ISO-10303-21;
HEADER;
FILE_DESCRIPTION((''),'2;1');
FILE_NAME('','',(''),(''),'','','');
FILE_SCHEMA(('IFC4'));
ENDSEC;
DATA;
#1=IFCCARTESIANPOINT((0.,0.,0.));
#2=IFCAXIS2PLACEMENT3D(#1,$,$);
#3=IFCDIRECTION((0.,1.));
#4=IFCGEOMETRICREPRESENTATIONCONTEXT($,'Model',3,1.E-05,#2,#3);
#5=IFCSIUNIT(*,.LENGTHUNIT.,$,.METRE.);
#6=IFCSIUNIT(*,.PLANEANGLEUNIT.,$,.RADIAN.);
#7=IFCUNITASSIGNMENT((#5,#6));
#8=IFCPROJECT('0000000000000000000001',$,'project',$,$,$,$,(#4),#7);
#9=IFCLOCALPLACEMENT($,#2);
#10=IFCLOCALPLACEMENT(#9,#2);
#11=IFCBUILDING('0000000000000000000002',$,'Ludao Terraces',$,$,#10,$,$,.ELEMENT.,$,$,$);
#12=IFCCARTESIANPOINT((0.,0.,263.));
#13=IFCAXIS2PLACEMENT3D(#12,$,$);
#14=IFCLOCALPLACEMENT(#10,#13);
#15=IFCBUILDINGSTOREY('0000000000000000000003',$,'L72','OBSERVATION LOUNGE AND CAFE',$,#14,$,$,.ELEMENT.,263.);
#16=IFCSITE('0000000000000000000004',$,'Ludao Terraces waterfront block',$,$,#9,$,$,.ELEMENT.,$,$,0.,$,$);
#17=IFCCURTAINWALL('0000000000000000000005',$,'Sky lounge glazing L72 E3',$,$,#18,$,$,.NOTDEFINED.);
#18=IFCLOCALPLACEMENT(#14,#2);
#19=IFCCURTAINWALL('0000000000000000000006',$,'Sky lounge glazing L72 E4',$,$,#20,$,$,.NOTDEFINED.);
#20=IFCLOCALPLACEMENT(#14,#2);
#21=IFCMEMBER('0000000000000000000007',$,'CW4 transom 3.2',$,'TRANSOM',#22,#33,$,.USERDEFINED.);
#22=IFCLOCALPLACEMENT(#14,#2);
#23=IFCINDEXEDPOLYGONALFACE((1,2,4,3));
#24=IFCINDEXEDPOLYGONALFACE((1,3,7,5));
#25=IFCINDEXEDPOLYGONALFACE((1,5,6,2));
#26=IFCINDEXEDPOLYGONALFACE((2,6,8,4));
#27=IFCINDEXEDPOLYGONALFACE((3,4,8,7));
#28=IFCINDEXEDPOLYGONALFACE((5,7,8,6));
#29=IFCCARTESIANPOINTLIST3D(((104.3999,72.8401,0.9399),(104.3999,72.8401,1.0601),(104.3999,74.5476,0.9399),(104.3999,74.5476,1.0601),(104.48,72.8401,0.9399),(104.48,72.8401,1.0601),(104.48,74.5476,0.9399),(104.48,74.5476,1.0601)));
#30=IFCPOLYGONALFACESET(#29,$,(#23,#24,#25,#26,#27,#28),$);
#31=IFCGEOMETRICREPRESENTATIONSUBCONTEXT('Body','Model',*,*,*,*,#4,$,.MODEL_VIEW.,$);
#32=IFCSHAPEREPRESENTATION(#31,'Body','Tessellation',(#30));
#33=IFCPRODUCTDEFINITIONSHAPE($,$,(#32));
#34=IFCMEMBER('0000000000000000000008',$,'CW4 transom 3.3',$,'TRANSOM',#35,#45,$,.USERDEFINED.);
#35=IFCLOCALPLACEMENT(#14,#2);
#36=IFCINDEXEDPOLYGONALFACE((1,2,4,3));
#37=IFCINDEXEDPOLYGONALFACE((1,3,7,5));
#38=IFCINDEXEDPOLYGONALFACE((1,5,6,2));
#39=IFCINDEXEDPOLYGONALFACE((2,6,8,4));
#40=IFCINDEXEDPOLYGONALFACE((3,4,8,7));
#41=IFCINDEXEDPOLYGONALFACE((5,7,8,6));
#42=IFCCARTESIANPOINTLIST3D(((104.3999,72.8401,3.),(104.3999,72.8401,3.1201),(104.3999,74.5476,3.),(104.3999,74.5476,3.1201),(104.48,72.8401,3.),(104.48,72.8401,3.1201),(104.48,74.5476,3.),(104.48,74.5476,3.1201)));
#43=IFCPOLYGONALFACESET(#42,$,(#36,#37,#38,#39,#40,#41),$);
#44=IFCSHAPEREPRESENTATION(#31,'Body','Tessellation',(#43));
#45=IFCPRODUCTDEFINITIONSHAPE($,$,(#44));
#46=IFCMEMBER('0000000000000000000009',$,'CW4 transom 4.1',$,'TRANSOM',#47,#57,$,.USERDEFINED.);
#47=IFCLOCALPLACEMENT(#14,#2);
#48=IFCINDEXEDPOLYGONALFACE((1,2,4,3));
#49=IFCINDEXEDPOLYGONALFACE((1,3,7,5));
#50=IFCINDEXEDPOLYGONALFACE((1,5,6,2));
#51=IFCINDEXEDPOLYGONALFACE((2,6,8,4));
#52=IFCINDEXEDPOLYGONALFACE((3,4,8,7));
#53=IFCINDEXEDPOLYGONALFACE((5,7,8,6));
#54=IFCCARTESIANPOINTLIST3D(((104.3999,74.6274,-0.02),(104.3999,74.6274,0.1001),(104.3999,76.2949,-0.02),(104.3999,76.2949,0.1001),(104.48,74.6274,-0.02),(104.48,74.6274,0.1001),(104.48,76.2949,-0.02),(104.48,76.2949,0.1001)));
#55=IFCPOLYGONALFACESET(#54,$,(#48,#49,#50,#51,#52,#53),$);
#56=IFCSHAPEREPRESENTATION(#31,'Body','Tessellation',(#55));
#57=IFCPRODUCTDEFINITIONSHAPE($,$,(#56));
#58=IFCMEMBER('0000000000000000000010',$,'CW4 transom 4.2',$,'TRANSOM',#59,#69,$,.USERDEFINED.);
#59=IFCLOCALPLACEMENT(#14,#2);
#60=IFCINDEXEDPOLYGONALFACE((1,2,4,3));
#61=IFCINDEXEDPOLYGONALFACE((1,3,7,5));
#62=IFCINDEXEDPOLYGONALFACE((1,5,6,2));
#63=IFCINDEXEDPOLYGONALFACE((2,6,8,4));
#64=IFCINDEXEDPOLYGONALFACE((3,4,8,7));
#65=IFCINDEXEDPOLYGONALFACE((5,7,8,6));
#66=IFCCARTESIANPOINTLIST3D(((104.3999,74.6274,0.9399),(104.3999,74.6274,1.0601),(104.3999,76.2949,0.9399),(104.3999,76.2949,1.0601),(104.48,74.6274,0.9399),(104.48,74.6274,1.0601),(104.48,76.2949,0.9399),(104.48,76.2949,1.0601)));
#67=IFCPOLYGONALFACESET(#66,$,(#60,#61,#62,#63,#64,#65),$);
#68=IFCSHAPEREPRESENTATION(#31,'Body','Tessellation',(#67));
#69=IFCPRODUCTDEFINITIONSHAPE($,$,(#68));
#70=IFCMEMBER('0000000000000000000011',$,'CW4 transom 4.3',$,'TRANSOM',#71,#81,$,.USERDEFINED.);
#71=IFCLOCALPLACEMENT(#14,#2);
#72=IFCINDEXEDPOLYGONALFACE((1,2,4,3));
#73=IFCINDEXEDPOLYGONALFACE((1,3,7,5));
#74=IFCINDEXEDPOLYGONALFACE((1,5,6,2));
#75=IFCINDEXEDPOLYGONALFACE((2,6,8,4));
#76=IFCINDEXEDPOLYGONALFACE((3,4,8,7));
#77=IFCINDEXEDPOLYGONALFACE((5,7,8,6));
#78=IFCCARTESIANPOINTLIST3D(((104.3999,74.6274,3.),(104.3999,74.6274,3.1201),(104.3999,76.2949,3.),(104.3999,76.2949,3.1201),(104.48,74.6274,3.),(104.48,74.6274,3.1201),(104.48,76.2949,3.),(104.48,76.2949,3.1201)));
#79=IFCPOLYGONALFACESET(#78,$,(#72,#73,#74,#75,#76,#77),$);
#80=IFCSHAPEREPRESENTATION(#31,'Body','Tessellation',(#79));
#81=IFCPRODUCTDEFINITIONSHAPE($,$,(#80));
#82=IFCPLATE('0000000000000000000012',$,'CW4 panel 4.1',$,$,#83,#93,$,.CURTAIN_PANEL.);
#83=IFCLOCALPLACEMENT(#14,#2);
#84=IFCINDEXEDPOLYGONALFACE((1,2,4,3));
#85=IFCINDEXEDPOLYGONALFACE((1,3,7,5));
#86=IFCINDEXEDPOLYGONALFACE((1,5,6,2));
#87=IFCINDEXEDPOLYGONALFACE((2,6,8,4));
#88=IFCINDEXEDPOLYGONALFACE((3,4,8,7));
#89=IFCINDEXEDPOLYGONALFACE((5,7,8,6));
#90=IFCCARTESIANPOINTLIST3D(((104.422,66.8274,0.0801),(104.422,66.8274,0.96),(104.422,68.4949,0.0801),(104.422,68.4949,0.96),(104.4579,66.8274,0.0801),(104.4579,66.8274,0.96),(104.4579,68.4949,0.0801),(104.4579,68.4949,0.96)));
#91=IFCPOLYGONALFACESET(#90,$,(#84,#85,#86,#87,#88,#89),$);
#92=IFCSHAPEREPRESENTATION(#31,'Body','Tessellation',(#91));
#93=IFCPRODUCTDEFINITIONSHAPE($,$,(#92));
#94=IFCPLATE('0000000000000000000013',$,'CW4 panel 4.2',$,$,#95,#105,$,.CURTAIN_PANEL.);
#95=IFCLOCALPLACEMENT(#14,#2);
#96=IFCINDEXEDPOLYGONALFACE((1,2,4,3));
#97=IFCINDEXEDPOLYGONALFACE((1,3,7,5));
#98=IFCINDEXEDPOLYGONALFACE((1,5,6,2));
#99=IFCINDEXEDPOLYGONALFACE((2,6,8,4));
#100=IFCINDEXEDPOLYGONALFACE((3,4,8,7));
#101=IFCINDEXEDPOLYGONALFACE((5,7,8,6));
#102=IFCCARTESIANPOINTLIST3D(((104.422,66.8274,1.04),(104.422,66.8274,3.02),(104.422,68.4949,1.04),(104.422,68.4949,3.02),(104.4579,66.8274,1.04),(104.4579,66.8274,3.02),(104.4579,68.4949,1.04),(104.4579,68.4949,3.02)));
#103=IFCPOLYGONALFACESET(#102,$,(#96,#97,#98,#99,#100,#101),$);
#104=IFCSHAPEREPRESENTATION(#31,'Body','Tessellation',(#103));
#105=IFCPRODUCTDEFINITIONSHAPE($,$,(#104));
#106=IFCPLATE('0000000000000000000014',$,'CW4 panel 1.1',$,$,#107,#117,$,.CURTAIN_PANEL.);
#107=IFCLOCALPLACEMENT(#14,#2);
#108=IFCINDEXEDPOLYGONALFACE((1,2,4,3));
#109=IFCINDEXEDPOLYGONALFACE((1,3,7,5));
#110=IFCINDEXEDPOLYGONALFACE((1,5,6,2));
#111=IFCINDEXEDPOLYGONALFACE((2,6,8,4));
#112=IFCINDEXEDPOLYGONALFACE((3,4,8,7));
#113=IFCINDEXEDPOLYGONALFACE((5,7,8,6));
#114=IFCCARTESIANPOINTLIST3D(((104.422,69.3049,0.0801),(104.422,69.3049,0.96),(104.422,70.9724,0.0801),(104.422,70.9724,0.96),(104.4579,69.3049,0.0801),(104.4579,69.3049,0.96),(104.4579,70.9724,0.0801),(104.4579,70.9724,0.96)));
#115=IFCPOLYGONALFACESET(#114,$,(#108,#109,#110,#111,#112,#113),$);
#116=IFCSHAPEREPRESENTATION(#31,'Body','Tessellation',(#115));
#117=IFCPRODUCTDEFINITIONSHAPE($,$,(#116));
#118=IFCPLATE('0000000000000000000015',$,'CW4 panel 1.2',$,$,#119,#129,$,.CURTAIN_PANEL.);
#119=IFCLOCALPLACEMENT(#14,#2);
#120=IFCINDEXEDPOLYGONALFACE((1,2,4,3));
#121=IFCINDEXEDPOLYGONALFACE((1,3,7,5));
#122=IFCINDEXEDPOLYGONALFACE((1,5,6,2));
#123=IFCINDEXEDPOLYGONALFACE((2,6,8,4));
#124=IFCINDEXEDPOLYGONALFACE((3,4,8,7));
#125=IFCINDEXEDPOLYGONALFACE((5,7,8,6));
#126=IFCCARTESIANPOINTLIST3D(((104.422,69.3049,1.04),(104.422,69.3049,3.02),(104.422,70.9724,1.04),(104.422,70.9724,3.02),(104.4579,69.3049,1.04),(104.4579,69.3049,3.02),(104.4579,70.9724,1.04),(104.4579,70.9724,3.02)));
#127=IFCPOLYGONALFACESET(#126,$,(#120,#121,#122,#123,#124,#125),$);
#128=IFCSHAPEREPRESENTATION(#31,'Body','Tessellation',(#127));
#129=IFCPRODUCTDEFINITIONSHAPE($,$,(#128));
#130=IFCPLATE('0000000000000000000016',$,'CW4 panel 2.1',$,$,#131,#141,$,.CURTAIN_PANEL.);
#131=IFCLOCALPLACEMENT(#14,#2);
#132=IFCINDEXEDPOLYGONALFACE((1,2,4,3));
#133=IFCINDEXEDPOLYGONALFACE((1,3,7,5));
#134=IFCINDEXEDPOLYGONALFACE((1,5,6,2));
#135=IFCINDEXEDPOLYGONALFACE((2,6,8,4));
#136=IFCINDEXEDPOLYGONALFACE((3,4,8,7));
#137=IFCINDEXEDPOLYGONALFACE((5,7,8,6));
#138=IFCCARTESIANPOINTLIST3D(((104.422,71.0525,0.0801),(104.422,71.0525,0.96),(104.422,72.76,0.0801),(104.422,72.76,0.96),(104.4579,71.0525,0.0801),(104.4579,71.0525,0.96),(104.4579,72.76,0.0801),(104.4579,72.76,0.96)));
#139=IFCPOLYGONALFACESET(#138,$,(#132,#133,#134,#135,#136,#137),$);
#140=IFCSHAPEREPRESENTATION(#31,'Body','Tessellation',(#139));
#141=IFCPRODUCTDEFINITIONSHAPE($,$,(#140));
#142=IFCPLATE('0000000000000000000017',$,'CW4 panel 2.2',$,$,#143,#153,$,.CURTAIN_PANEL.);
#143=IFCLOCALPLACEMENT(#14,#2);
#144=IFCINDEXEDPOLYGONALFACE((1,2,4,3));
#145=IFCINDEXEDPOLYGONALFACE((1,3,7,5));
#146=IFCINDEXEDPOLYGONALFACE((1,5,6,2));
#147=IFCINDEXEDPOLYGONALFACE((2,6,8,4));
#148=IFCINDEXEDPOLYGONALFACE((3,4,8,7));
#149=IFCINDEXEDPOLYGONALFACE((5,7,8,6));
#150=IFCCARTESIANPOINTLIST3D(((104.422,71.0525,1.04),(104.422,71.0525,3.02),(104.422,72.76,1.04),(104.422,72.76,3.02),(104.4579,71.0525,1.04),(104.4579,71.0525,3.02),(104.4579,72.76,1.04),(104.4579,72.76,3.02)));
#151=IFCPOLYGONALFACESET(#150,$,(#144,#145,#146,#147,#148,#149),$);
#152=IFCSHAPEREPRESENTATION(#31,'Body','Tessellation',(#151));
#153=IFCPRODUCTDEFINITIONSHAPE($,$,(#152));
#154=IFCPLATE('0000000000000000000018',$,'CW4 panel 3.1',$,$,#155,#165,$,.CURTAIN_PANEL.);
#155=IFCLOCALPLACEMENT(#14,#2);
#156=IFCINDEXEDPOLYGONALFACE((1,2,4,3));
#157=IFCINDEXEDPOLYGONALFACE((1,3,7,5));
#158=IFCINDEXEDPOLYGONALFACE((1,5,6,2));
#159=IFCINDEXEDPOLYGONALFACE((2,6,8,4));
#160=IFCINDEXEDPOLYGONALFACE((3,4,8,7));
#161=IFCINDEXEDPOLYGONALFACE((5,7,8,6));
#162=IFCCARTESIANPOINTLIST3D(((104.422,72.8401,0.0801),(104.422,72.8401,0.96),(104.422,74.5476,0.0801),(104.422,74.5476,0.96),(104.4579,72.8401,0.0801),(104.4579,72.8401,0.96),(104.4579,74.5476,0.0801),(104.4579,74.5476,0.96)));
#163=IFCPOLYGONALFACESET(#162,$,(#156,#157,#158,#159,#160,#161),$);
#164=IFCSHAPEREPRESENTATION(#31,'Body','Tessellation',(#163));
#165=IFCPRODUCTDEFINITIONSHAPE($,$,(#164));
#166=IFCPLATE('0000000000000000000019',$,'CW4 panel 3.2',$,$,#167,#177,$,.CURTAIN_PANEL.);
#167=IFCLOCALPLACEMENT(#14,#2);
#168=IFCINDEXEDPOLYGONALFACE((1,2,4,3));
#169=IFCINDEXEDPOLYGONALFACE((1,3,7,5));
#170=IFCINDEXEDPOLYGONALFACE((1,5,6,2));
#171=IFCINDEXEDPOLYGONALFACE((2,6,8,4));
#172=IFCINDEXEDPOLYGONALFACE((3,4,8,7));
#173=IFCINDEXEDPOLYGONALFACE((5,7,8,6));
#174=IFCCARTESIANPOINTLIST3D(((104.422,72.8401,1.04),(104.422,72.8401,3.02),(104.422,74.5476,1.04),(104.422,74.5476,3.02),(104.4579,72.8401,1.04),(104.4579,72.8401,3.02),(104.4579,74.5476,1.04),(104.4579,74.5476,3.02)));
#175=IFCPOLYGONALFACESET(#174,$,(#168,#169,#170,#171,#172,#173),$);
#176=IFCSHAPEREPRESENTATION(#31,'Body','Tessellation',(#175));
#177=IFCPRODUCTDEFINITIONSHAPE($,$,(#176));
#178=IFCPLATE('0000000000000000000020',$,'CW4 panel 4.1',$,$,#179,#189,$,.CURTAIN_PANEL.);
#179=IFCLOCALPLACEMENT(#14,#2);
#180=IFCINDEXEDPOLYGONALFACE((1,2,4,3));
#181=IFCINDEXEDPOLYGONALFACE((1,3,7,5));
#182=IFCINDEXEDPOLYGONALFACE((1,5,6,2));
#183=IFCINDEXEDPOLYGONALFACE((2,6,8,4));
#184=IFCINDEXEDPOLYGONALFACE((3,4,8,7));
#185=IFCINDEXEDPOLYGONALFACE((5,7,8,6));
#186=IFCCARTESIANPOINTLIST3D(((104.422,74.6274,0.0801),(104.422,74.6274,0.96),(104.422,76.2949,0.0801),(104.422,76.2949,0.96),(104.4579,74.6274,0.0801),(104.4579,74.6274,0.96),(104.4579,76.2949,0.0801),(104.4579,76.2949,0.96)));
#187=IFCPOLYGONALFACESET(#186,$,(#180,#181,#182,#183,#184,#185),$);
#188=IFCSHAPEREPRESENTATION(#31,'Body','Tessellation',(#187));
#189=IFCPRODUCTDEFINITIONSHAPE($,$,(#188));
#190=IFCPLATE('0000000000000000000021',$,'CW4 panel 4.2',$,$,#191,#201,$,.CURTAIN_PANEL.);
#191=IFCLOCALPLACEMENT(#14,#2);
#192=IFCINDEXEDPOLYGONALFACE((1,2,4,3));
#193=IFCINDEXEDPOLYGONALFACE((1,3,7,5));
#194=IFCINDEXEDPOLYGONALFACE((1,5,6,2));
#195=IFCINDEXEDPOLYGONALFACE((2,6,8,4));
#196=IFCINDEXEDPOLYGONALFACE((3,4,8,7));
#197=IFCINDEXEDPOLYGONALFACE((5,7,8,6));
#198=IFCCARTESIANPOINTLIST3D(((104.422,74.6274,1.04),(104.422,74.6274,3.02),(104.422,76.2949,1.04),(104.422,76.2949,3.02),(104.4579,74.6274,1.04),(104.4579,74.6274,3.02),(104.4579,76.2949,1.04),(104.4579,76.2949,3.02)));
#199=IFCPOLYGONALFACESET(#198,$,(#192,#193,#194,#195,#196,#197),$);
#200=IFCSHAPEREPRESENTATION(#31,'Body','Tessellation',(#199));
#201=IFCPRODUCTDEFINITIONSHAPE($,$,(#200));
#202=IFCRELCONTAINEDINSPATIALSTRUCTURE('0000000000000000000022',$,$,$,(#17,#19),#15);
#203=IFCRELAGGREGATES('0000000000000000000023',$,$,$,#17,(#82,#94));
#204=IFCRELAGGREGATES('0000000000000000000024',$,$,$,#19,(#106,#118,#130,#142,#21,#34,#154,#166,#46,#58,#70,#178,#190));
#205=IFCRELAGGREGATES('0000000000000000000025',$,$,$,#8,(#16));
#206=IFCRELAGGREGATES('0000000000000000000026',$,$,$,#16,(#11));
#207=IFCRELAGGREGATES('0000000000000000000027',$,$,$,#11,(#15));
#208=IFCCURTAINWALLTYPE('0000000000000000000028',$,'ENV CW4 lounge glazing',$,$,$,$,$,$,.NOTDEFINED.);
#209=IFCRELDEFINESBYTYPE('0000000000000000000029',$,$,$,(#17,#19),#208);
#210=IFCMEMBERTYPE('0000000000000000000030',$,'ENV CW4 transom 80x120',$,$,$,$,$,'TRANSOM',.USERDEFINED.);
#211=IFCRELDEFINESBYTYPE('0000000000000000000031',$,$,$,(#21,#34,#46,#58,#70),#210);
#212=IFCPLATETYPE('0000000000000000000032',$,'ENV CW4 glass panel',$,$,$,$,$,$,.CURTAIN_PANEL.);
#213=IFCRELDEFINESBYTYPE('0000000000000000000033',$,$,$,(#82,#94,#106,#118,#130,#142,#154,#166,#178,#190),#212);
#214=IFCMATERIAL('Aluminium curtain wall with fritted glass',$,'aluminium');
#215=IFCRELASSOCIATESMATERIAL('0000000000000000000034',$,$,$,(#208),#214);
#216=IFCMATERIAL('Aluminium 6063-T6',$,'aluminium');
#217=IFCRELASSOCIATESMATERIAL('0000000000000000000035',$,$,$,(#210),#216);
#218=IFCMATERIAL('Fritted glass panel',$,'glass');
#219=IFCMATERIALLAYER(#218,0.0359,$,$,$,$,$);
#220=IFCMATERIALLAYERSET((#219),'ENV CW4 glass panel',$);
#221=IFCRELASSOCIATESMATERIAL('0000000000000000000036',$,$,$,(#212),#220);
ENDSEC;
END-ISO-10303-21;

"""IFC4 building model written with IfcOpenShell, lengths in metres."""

from ifc_helpers import new_model, si_unit, direction, frame, origin, origin_2d, place, context, subcontext, project, spatial, rectangle, extrude, material, layer, layer_set, material_profile, profile_set, type_object, element, aggregate, save


model = new_model("IFC4")

# Units and contexts
model_context = context("Model", 3, precision=1e-05, world=origin(), true_north=direction((0.0, 1.0)))
body_context = subcontext(model_context, "Body", "Model", "MODEL_VIEW")
ifc_project = project(units=[si_unit("LENGTHUNIT", "METRE"), si_unit("PLANEANGLEUNIT", "RADIAN")], contexts=[model_context])

# Site, building, storey
site_placement = place(None, origin())
site = spatial("IfcSite", under=ifc_project, at=site_placement, Name="Ludao Terraces waterfront block", CompositionType="ELEMENT", RefElevation=0.0)
building_placement = place(site_placement, origin())
building = spatial("IfcBuilding", under=site, at=building_placement, Name="Ludao Terraces", CompositionType="ELEMENT")
storey_placement = place(building_placement, frame((0.0, 0.0, 263.0)))
storey = spatial("IfcBuildingStorey", under=building, at=storey_placement, Name="L72", Description="OBSERVATION LOUNGE AND CAFE", CompositionType="ELEMENT", Elevation=263.0)

# Curtain wall
ifc_material_1 = material(Name="Aluminium curtain wall with fritted glass", Category="aluminium")
curtain_wall_type = type_object("IfcCurtainWallType", Name="ENV CW4 lounge glazing", PredefinedType="NOTDEFINED", material=ifc_material_1)
curtain_wall_1_placement = place(storey_placement, origin())
curtain_wall_1 = element("IfcCurtainWall", 1, at=curtain_wall_1_placement, inside=storey, type_object=curtain_wall_type, Name="Sky lounge glazing L72 E3", PredefinedType="NOTDEFINED")
ifc_material_2 = material(Name="Aluminium 6063-T6", Category="aluminium")

# Curtain wall
curtain_wall_2_placement = place(storey_placement, origin())
curtain_wall_2 = element("IfcCurtainWall", 2, at=curtain_wall_2_placement, inside=storey, type_object=curtain_wall_type, Name="Sky lounge glazing L72 E4", PredefinedType="NOTDEFINED")

# Members
ifc_material_profile_1 = material_profile(ifc_material_2, rectangle(XDim=0.0801, YDim=0.1201, at=origin_2d()), Name="80 X 120")
ifc_profile_set_1 = profile_set([ifc_material_profile_1], Name="Aluminium 6063-T6")
member_type_1 = type_object("IfcMemberType", Name="ENV CW4 transom 80x120", ElementType="TRANSOM", PredefinedType="USERDEFINED", material=ifc_profile_set_1)
member_1_placement = place(storey_placement, frame((104.4399, 72.8401, 1.0), z_axis=(0.0, 1.0, 0.0), x_axis=(-1.0, 0.0, 0.0)))
member_1 = element("IfcMember", 3, at=member_1_placement, type_object=member_type_1, Name="CW4 transom 3.2", ObjectType="TRANSOM", PredefinedType="USERDEFINED", context=body_context, shape_type="SweptSolid", body=[
    extrude(rectangle(XDim=0.0801, YDim=0.1201, at=origin_2d()), origin(), (0.0, 0.0, 1.0), 1.7075),
])
member_2_placement = place(storey_placement, frame((104.4399, 72.8401, 3.0601), z_axis=(0.0, 1.0, 0.0), x_axis=(-1.0, 0.0, 0.0)))
member_2 = element("IfcMember", 4, at=member_2_placement, type_object=member_type_1, Name="CW4 transom 3.3", ObjectType="TRANSOM", PredefinedType="USERDEFINED", context=body_context, shape_type="SweptSolid", body=[
    extrude(rectangle(XDim=0.0801, YDim=0.1201, at=origin_2d()), origin(), (0.0, 0.0, 1.0), 1.7075),
])
member_3_placement = place(storey_placement, frame((104.4399, 74.6274, 0.04), z_axis=(0.0, 1.0, 0.0), x_axis=(-1.0, 0.0, 0.0)))
member_3 = element("IfcMember", 5, at=member_3_placement, type_object=member_type_1, Name="CW4 transom 4.1", ObjectType="TRANSOM", PredefinedType="USERDEFINED", context=body_context, shape_type="SweptSolid", body=[
    extrude(rectangle(XDim=0.0801, YDim=0.1201, at=origin_2d()), origin(), (0.0, 0.0, 1.0), 1.6675),
])
member_4_placement = place(storey_placement, frame((104.4399, 74.6274, 1.0), z_axis=(0.0, 1.0, 0.0), x_axis=(-1.0, 0.0, 0.0)))
member_4 = element("IfcMember", 6, at=member_4_placement, type_object=member_type_1, Name="CW4 transom 4.2", ObjectType="TRANSOM", PredefinedType="USERDEFINED", context=body_context, shape_type="SweptSolid", body=[
    extrude(rectangle(XDim=0.0801, YDim=0.1201, at=origin_2d()), origin(), (0.0, 0.0, 1.0), 1.6675),
])
member_5_placement = place(storey_placement, frame((104.4399, 74.6274, 3.0601), z_axis=(0.0, 1.0, 0.0), x_axis=(-1.0, 0.0, 0.0)))
member_5 = element("IfcMember", 7, at=member_5_placement, type_object=member_type_1, Name="CW4 transom 4.3", ObjectType="TRANSOM", PredefinedType="USERDEFINED", context=body_context, shape_type="SweptSolid", body=[
    extrude(rectangle(XDim=0.0801, YDim=0.1201, at=origin_2d()), origin(), (0.0, 0.0, 1.0), 1.6675),
])

# Plates
ifc_material_3 = material(Name="Fritted glass panel", Category="glass")
ifc_layer_1 = layer(ifc_material_3, 0.0359)
ifc_layer_set_1 = layer_set([ifc_layer_1], Name="ENV CW4 glass panel")
plate_type = type_object("IfcPlateType", Name="ENV CW4 glass panel", PredefinedType="CURTAIN_PANEL", material=ifc_layer_set_1)
plate_1_placement = place(storey_placement, frame((104.4399, 67.6611, 0.0801), z_axis=(0.0, 0.0, 1.0), x_axis=(0.0, 1.0, 0.0)))
plate_1 = element("IfcPlate", 8, at=plate_1_placement, type_object=plate_type, Name="CW4 panel 4.1", PredefinedType="CURTAIN_PANEL", context=body_context, shape_type="SweptSolid", body=[
    extrude(rectangle(XDim=1.6675, YDim=0.0359, at=origin_2d()), origin(), (0.0, 0.0, 1.0), 0.8799),
])
plate_2_placement = place(storey_placement, frame((104.4399, 67.6611, 1.04), z_axis=(0.0, 0.0, 1.0), x_axis=(0.0, 1.0, 0.0)))
plate_2 = element("IfcPlate", 9, at=plate_2_placement, type_object=plate_type, Name="CW4 panel 4.2", PredefinedType="CURTAIN_PANEL", context=body_context, shape_type="SweptSolid", body=[
    extrude(rectangle(XDim=1.6675, YDim=0.0359, at=origin_2d()), origin(), (0.0, 0.0, 1.0), 1.98),
])
aggregate(curtain_wall_1, [plate_1, plate_2])
plate_3_placement = place(storey_placement, frame((104.4399, 70.1387, 0.0801), z_axis=(0.0, 0.0, 1.0), x_axis=(0.0, 1.0, 0.0)))
plate_3 = element("IfcPlate", 10, at=plate_3_placement, type_object=plate_type, Name="CW4 panel 1.1", PredefinedType="CURTAIN_PANEL", context=body_context, shape_type="SweptSolid", body=[
    extrude(rectangle(XDim=1.6675, YDim=0.0359, at=origin_2d()), origin(), (0.0, 0.0, 1.0), 0.8799),
])
plate_4_placement = place(storey_placement, frame((104.4399, 70.1387, 1.04), z_axis=(0.0, 0.0, 1.0), x_axis=(0.0, 1.0, 0.0)))
plate_4 = element("IfcPlate", 11, at=plate_4_placement, type_object=plate_type, Name="CW4 panel 1.2", PredefinedType="CURTAIN_PANEL", context=body_context, shape_type="SweptSolid", body=[
    extrude(rectangle(XDim=1.6675, YDim=0.0359, at=origin_2d()), origin(), (0.0, 0.0, 1.0), 1.98),
])
plate_5_placement = place(storey_placement, frame((104.4399, 71.9062, 0.0801), z_axis=(0.0, 0.0, 1.0), x_axis=(0.0, 1.0, 0.0)))
plate_5 = element("IfcPlate", 12, at=plate_5_placement, type_object=plate_type, Name="CW4 panel 2.1", PredefinedType="CURTAIN_PANEL", context=body_context, shape_type="SweptSolid", body=[
    extrude(rectangle(XDim=1.7075, YDim=0.0359, at=origin_2d()), origin(), (0.0, 0.0, 1.0), 0.8799),
])
plate_6_placement = place(storey_placement, frame((104.4399, 71.9062, 1.04), z_axis=(0.0, 0.0, 1.0), x_axis=(0.0, 1.0, 0.0)))
plate_6 = element("IfcPlate", 13, at=plate_6_placement, type_object=plate_type, Name="CW4 panel 2.2", PredefinedType="CURTAIN_PANEL", context=body_context, shape_type="SweptSolid", body=[
    extrude(rectangle(XDim=1.7075, YDim=0.0359, at=origin_2d()), origin(), (0.0, 0.0, 1.0), 1.98),
])
plate_7_placement = place(storey_placement, frame((104.4399, 73.6938, 0.0801), z_axis=(0.0, 0.0, 1.0), x_axis=(0.0, 1.0, 0.0)))
plate_7 = element("IfcPlate", 14, at=plate_7_placement, type_object=plate_type, Name="CW4 panel 3.1", PredefinedType="CURTAIN_PANEL", context=body_context, shape_type="SweptSolid", body=[
    extrude(rectangle(XDim=1.7075, YDim=0.0359, at=origin_2d()), origin(), (0.0, 0.0, 1.0), 0.8799),
])
plate_8_placement = place(storey_placement, frame((104.4399, 73.6938, 1.04), z_axis=(0.0, 0.0, 1.0), x_axis=(0.0, 1.0, 0.0)))
plate_8 = element("IfcPlate", 15, at=plate_8_placement, type_object=plate_type, Name="CW4 panel 3.2", PredefinedType="CURTAIN_PANEL", context=body_context, shape_type="SweptSolid", body=[
    extrude(rectangle(XDim=1.7075, YDim=0.0359, at=origin_2d()), origin(), (0.0, 0.0, 1.0), 1.98),
])
plate_9_placement = place(storey_placement, frame((104.4399, 75.4612, 0.0801), z_axis=(0.0, 0.0, 1.0), x_axis=(0.0, 1.0, 0.0)))
plate_9 = element("IfcPlate", 16, at=plate_9_placement, type_object=plate_type, Name="CW4 panel 4.1", PredefinedType="CURTAIN_PANEL", context=body_context, shape_type="SweptSolid", body=[
    extrude(rectangle(XDim=1.6675, YDim=0.0359, at=origin_2d()), origin(), (0.0, 0.0, 1.0), 0.8799),
])
plate_10_placement = place(storey_placement, frame((104.4399, 75.4612, 1.04), z_axis=(0.0, 0.0, 1.0), x_axis=(0.0, 1.0, 0.0)))
plate_10 = element("IfcPlate", 17, at=plate_10_placement, type_object=plate_type, Name="CW4 panel 4.2", PredefinedType="CURTAIN_PANEL", context=body_context, shape_type="SweptSolid", body=[
    extrude(rectangle(XDim=1.6675, YDim=0.0359, at=origin_2d()), origin(), (0.0, 0.0, 1.0), 1.98),
])
aggregate(curtain_wall_2, [plate_3, plate_4, plate_5, plate_6, member_1, member_2, plate_7, plate_8, member_3, member_4, member_5, plate_9, plate_10])

save(model, "model.ifc")
